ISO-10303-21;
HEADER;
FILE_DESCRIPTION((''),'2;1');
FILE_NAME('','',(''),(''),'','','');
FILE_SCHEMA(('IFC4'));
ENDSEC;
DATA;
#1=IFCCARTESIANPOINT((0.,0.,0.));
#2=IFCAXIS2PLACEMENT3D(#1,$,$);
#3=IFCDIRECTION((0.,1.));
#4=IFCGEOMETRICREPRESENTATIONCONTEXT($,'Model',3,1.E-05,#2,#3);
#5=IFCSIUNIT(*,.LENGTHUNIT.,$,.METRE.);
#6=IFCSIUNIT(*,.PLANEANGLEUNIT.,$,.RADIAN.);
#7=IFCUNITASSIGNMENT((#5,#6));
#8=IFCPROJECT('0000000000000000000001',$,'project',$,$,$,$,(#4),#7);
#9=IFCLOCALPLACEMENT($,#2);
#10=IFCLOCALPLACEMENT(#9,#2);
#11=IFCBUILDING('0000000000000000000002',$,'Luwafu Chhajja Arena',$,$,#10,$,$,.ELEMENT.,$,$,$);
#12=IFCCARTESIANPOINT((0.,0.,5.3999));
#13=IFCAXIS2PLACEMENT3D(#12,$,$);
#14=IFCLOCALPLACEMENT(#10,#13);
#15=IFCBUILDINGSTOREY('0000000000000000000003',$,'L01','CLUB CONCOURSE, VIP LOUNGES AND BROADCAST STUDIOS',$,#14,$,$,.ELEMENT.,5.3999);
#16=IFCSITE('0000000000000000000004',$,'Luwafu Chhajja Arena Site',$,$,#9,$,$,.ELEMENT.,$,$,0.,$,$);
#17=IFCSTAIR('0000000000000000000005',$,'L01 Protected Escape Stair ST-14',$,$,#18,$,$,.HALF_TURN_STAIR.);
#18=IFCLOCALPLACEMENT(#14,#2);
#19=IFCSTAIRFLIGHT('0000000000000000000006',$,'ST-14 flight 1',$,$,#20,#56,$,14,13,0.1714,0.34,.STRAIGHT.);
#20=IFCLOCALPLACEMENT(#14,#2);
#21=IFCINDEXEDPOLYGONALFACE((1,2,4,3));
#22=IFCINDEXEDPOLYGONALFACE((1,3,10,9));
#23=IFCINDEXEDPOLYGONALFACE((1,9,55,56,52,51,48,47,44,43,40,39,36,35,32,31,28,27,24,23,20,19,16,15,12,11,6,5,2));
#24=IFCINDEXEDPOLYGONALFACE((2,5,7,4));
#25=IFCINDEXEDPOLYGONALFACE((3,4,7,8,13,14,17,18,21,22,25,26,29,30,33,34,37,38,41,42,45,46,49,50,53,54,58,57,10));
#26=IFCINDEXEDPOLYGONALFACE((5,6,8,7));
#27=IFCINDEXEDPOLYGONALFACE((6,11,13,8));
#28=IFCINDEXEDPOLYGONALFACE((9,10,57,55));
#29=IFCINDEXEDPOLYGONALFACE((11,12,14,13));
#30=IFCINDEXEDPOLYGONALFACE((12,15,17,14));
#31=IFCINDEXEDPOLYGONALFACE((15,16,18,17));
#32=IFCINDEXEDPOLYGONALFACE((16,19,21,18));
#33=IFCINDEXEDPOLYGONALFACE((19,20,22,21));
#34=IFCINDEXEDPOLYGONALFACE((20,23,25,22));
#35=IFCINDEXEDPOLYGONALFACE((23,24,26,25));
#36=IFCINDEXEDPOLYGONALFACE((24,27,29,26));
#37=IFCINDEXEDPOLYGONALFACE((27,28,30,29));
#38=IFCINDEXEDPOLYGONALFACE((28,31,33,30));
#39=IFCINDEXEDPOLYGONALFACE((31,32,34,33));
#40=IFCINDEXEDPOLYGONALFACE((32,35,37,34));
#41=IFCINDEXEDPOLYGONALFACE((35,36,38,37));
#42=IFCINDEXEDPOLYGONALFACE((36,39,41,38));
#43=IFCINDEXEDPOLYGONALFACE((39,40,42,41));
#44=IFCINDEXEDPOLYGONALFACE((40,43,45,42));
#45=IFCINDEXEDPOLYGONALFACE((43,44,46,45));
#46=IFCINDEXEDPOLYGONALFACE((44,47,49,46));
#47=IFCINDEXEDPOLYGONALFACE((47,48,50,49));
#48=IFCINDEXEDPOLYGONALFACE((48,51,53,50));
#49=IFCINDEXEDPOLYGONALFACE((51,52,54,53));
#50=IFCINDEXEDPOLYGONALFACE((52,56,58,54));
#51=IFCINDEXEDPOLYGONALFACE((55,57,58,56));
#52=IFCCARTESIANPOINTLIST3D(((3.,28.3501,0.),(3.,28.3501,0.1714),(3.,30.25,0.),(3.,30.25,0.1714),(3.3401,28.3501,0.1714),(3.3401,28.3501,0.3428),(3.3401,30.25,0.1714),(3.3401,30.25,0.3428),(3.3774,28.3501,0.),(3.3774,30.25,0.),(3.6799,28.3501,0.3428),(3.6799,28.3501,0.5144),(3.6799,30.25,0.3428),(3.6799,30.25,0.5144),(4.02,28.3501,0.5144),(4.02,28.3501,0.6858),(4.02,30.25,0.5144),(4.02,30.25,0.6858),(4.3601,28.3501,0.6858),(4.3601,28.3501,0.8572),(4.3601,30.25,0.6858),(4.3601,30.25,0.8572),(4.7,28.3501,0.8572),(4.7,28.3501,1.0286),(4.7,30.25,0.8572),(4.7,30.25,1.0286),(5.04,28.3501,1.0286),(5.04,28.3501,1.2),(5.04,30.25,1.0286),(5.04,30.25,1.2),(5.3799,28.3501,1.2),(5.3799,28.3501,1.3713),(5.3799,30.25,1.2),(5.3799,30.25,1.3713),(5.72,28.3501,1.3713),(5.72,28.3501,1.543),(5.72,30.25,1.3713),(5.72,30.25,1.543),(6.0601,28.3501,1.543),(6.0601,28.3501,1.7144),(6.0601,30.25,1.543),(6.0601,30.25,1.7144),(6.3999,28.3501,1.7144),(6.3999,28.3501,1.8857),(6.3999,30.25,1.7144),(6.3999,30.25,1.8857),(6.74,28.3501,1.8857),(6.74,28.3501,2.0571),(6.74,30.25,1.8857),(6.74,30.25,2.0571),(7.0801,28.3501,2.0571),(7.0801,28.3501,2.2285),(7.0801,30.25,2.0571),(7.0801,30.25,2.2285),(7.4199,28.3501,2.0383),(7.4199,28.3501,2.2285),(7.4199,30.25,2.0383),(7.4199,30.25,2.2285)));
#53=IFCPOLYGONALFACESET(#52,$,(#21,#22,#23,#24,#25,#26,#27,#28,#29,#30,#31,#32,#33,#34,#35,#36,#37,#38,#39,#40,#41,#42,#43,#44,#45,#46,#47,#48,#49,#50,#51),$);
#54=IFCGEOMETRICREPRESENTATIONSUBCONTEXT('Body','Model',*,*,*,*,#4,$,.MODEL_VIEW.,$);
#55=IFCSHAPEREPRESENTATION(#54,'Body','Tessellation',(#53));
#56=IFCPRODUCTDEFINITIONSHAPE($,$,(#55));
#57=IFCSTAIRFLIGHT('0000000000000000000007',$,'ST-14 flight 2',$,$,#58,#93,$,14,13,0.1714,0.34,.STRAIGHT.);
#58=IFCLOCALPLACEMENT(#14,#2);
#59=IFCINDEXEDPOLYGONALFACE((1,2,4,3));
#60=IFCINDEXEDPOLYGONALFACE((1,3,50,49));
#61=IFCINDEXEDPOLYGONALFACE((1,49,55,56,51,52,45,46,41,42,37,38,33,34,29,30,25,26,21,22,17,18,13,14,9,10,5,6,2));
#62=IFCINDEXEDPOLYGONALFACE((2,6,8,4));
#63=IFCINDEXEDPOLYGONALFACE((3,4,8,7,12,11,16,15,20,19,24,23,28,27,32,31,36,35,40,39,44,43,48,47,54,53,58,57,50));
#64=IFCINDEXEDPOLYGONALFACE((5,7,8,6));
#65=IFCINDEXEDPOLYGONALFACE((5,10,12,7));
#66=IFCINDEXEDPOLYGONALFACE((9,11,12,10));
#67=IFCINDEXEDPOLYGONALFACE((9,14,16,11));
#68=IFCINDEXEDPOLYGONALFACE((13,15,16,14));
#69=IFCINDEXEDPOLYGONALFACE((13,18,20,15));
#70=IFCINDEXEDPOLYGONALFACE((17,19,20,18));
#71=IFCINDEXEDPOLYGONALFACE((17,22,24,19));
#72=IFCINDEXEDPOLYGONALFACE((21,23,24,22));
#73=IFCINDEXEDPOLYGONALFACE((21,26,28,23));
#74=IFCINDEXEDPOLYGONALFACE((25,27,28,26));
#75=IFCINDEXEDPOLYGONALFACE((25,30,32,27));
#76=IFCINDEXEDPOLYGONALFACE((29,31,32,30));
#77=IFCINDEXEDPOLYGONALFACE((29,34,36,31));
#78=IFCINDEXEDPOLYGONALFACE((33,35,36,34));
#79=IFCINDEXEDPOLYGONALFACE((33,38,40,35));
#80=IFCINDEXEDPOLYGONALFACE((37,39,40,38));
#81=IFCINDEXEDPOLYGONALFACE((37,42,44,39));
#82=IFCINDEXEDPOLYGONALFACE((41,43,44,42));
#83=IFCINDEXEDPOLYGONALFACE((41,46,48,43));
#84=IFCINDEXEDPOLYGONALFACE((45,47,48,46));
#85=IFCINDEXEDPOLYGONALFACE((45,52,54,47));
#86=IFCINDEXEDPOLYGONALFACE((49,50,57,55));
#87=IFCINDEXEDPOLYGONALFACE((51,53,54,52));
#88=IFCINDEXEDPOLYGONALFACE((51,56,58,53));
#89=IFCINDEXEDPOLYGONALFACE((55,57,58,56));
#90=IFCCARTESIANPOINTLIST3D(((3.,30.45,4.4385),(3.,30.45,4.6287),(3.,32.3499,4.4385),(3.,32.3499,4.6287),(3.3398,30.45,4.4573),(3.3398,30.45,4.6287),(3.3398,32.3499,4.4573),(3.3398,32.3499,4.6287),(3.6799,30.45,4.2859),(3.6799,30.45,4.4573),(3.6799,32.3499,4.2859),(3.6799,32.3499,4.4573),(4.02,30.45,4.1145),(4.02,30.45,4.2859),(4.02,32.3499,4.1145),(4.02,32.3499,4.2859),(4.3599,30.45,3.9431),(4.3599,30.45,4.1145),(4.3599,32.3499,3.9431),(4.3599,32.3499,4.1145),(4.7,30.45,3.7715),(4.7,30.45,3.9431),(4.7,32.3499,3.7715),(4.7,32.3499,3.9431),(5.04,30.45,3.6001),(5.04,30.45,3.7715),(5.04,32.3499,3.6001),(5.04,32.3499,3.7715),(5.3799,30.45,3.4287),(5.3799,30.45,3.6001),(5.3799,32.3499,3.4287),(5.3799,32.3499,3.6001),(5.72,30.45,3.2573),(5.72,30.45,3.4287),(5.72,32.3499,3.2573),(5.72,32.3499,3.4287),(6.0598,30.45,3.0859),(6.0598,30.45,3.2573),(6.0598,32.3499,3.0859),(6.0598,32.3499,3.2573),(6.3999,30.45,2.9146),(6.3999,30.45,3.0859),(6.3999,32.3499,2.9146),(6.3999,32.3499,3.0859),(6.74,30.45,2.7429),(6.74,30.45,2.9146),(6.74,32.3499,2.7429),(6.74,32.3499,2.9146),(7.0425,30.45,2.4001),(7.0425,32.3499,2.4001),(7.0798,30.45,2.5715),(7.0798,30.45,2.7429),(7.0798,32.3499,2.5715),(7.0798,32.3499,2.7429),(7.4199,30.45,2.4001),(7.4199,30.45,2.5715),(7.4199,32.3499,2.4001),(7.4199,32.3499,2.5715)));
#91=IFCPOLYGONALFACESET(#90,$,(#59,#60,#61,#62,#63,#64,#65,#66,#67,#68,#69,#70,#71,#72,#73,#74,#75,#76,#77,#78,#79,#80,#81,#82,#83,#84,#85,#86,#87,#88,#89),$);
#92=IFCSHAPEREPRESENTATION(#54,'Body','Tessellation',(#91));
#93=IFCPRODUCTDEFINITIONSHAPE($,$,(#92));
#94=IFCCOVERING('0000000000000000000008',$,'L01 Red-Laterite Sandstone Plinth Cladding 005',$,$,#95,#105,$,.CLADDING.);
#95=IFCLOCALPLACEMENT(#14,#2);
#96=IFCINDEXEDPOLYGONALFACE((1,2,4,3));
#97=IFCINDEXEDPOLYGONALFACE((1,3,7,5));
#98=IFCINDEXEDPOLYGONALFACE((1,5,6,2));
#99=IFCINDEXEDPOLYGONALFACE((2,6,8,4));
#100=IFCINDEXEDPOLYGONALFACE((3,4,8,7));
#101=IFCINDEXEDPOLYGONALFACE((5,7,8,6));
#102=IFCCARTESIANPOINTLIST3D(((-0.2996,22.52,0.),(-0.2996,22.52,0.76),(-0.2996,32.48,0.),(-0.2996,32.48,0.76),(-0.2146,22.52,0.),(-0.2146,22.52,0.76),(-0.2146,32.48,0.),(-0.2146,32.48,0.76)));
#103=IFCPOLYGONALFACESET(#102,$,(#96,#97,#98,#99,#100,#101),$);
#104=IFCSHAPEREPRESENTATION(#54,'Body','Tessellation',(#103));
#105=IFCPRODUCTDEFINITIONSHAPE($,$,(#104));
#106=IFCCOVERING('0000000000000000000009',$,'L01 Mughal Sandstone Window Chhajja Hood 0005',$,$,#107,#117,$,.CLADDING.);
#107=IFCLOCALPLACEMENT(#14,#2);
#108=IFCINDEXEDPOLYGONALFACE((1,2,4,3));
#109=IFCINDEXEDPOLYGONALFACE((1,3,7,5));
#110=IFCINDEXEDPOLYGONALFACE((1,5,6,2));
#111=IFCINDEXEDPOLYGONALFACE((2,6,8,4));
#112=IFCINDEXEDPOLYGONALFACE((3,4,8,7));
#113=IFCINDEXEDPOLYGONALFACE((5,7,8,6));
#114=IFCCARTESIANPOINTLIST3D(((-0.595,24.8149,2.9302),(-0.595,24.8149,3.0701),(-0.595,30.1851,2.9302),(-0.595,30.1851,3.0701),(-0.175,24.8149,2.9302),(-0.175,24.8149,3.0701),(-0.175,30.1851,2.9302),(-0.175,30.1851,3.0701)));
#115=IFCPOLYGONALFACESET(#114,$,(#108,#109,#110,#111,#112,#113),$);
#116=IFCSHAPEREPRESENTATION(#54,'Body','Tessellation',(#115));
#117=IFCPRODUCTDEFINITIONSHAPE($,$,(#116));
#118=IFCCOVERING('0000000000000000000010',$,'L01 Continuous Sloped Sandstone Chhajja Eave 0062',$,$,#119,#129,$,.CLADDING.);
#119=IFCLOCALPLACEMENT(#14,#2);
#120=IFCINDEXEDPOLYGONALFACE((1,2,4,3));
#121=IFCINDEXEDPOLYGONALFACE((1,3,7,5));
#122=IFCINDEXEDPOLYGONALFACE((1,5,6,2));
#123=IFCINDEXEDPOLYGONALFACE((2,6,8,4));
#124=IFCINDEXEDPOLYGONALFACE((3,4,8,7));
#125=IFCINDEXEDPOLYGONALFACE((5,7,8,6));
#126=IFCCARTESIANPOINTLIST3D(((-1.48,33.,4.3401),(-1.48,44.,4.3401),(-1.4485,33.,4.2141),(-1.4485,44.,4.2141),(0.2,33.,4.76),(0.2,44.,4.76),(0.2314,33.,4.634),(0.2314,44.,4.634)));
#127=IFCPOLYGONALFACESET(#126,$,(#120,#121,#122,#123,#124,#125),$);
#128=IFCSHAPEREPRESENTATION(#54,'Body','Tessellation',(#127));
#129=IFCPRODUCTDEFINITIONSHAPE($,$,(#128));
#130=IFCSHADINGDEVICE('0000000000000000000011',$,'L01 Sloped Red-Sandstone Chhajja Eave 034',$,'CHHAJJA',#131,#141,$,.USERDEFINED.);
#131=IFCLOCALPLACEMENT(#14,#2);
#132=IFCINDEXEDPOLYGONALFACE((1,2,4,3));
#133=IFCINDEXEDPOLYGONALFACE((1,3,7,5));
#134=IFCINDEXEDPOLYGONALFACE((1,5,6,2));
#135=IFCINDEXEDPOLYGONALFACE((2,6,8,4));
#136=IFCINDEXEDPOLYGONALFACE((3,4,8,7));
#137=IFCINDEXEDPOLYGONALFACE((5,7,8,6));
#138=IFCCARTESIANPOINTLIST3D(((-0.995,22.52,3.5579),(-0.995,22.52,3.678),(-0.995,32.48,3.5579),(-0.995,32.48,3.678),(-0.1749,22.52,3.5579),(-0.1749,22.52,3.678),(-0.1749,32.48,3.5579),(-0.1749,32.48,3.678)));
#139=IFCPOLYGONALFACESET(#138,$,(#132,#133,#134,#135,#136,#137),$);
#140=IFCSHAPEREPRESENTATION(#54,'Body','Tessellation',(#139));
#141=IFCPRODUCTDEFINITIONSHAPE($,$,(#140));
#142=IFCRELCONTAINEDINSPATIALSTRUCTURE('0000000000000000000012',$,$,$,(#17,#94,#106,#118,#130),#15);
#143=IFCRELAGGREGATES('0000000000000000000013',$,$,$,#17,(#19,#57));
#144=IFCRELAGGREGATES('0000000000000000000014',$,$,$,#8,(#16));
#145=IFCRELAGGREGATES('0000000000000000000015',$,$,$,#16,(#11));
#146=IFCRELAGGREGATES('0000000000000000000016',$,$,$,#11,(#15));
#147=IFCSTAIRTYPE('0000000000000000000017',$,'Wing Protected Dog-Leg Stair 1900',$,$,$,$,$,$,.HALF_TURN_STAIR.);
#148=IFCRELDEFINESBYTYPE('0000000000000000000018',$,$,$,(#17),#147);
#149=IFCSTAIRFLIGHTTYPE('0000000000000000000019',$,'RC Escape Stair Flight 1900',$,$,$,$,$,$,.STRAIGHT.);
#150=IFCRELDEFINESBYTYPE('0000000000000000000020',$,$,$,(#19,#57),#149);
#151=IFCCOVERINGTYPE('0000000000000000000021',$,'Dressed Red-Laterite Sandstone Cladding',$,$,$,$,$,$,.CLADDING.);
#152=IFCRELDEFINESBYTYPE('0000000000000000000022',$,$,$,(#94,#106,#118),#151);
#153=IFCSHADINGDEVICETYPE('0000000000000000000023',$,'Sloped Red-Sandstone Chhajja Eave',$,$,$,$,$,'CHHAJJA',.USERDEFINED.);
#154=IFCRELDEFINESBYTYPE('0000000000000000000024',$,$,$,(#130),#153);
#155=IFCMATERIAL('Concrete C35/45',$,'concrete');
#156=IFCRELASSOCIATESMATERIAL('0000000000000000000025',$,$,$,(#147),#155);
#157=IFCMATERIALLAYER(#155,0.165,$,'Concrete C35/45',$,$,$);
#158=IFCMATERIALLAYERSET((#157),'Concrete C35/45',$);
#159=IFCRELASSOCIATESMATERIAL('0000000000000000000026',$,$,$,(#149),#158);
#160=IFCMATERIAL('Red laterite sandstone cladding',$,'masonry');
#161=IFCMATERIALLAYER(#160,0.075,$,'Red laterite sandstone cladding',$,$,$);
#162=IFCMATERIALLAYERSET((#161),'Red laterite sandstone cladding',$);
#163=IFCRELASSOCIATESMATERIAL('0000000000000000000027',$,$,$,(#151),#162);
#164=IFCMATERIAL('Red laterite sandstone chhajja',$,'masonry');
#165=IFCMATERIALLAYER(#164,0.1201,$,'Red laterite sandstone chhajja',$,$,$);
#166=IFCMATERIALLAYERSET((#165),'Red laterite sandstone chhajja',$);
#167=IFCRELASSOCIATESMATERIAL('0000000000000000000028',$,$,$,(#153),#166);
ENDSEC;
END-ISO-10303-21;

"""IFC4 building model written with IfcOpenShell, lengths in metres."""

from ifc_helpers import new_model, si_unit, direction, frame, origin, origin_2d, place, context, subcontext, project, spatial, polyline, rectangle, outline, extrude, material, layer, layer_set, type_object, element, aggregate, save


model = new_model("IFC4")

# Units and contexts
model_context = context("Model", 3, precision=1e-05, world=origin(), true_north=direction((0.0, 1.0)))
body_context = subcontext(model_context, "Body", "Model", "MODEL_VIEW")
ifc_project = project(units=[si_unit("LENGTHUNIT", "METRE"), si_unit("PLANEANGLEUNIT", "RADIAN")], contexts=[model_context])

# Site, building, storey
site_placement = place(None, origin())
site = spatial("IfcSite", under=ifc_project, at=site_placement, Name="Luwafu Chhajja Arena Site", CompositionType="ELEMENT", RefElevation=0.0)
building_placement = place(site_placement, origin())
building = spatial("IfcBuilding", under=site, at=building_placement, Name="Luwafu Chhajja Arena", CompositionType="ELEMENT")
storey_placement = place(building_placement, frame((0.0, 0.0, 5.3999)))
storey = spatial("IfcBuildingStorey", under=building, at=storey_placement, Name="L01", Description="CLUB CONCOURSE, VIP LOUNGES AND BROADCAST STUDIOS", CompositionType="ELEMENT", Elevation=5.3999)

# Shared definitions
ifc_material_1 = material(Name="Concrete C35/45", Category="concrete")

# Stair, stair flights
stair_type = type_object("IfcStairType", Name="Wing Protected Dog-Leg Stair 1900", PredefinedType="HALF_TURN_STAIR", material=ifc_material_1)
stair_placement = place(storey_placement, origin())
stair = element("IfcStair", 1, at=stair_placement, inside=storey, type_object=stair_type, Name="L01 Protected Escape Stair ST-14", PredefinedType="HALF_TURN_STAIR")
ifc_layer_1 = layer(ifc_material_1, 0.165, Name="Concrete C35/45")
ifc_layer_set_1 = layer_set([ifc_layer_1], Name="Concrete C35/45")
stair_flight_type = type_object("IfcStairFlightType", Name="RC Escape Stair Flight 1900", PredefinedType="STRAIGHT", material=ifc_layer_set_1)
stair_flight_1_placement = place(storey_placement, frame((3.0, 29.3, 0.0), z_axis=(0.0, 0.0, 1.0), x_axis=(1.0, 0.0, 0.0)))
stair_flight_1 = element("IfcStairFlight", 2, at=stair_flight_1_placement, type_object=stair_flight_type, Name="ST-14 flight 1", NumberOfRisers=14, NumberOfTreads=13, PredefinedType="STRAIGHT", RiserHeight=0.1714, TreadLength=0.34, context=body_context, shape_type="SweptSolid", body=[
    extrude(outline(polyline([(0.0, 0.0), (0.0, 0.1714), (0.3401, 0.1714), (0.3401, 0.3428), (0.6799, 0.3428), (0.6799, 0.5144), (1.02, 0.5144), (1.02, 0.6858), (1.3601, 0.6858), (1.3601, 0.8572), (1.7, 0.8572), (1.7, 1.0286), (2.04, 1.0286), (2.04, 1.2), (2.3799, 1.2), (2.3799, 1.3713), (2.72, 1.3713), (2.72, 1.543), (3.0601, 1.543), (3.0601, 1.7144), (3.3999, 1.7144), (3.3999, 1.8857), (3.74, 1.8857), (3.74, 2.0571), (4.0801, 2.0571), (4.0801, 2.2285), (4.4199, 2.2285), (4.4199, 2.3999), (4.4199, 2.0383), (0.3774, 0.0), (0.0, 0.0)])), frame((0.0, 0.95, 0.0), z_axis=(0.0, -1.0, 0.0), x_axis=(1.0, 0.0, 0.0)), (0.0, 0.0, 1.0), 1.8999),
])
stair_flight_2_placement = place(storey_placement, frame((7.4199, 31.3999, 2.4001), z_axis=(0.0, 0.0, 1.0), x_axis=(-1.0, 0.0, 0.0)))
stair_flight_2 = element("IfcStairFlight", 3, at=stair_flight_2_placement, type_object=stair_flight_type, Name="ST-14 flight 2", NumberOfRisers=14, NumberOfTreads=13, PredefinedType="STRAIGHT", RiserHeight=0.1714, TreadLength=0.34, context=body_context, shape_type="SweptSolid", body=[
    extrude(outline(polyline([(0.0, 0.0), (0.0, 0.1714), (0.3401, 0.1714), (0.3401, 0.3428), (0.6799, 0.3428), (0.6799, 0.5144), (1.02, 0.5144), (1.02, 0.6858), (1.3601, 0.6858), (1.3601, 0.8572), (1.7, 0.8572), (1.7, 1.0286), (2.04, 1.0286), (2.04, 1.2), (2.3799, 1.2), (2.3799, 1.3713), (2.72, 1.3713), (2.72, 1.543), (3.0601, 1.543), (3.0601, 1.7144), (3.3999, 1.7144), (3.3999, 1.8857), (3.74, 1.8857), (3.74, 2.0571), (4.0801, 2.0571), (4.0801, 2.2285), (4.4199, 2.2285), (4.4199, 2.3999), (4.4199, 2.0383), (0.3774, 0.0), (0.0, 0.0)])), frame((0.0, 0.95, 0.0), z_axis=(0.0, -1.0, 0.0), x_axis=(1.0, 0.0, 0.0)), (0.0, 0.0, 1.0), 1.8999),
])
aggregate(stair, [stair_flight_1, stair_flight_2])

# Coverings
ifc_material_2 = material(Name="Red laterite sandstone cladding", Category="masonry")
ifc_layer_2 = layer(ifc_material_2, 0.075, Name="Red laterite sandstone cladding")
ifc_layer_set_2 = layer_set([ifc_layer_2], Name="Red laterite sandstone cladding")
covering_type = type_object("IfcCoveringType", Name="Dressed Red-Laterite Sandstone Cladding", PredefinedType="CLADDING", material=ifc_layer_set_2)
covering_1_placement = place(storey_placement, frame((-0.2571, 27.5, 0.0), z_axis=(0.0, 0.0, 1.0), x_axis=(0.0, 1.0, 0.0)))
element("IfcCovering", 4, at=covering_1_placement, inside=storey, type_object=covering_type, Name="L01 Red-Laterite Sandstone Plinth Cladding 005", PredefinedType="CLADDING", context=body_context, shape_type="SweptSolid", body=[
    extrude(rectangle(XDim=9.96, YDim=0.085, at=origin_2d()), origin(), (0.0, 0.0, 1.0), 0.76),
])
covering_2_placement = place(storey_placement, frame((-0.385, 27.5, 2.9302), z_axis=(0.0, 0.0, 1.0), x_axis=(0.0, 1.0, 0.0)))
element("IfcCovering", 5, at=covering_2_placement, inside=storey, type_object=covering_type, Name="L01 Mughal Sandstone Window Chhajja Hood 0005", PredefinedType="CLADDING", context=body_context, shape_type="SweptSolid", body=[
    extrude(rectangle(XDim=5.3701, YDim=0.4199, at=origin_2d()), origin(), (0.0, 0.0, 1.0), 0.1399),
])
covering_3_placement = place(storey_placement, frame((0.2, 33.0, 4.76), z_axis=(-0.242502, 0.0, 0.970151), x_axis=(0.0, 1.0, 0.0)))
element("IfcCovering", 6, at=covering_3_placement, inside=storey, type_object=covering_type, Name="L01 Continuous Sloped Sandstone Chhajja Eave 0062", PredefinedType="CLADDING", context=body_context, shape_type="SweptSolid", body=[
    extrude(outline(polyline([(0.0, 0.0), (11.0, 0.0), (11.0, 1.7316), (0.0, 1.7316), (0.0, 0.0)])), origin(), (0.0, 0.0, -1.0), 0.1299),
])

# Shading device
ifc_material_3 = material(Name="Red laterite sandstone chhajja", Category="masonry")
ifc_layer_3 = layer(ifc_material_3, 0.1201, Name="Red laterite sandstone chhajja")
ifc_layer_set_3 = layer_set([ifc_layer_3], Name="Red laterite sandstone chhajja")
shading_device_type = type_object("IfcShadingDeviceType", Name="Sloped Red-Sandstone Chhajja Eave", ElementType="CHHAJJA", PredefinedType="USERDEFINED", material=ifc_layer_set_3)
shading_device_placement = place(storey_placement, frame((-0.585, 27.5, 3.5579), z_axis=(0.0, 0.0, 1.0), x_axis=(0.0, 1.0, 0.0)))
element("IfcShadingDevice", 7, at=shading_device_placement, inside=storey, type_object=shading_device_type, Name="L01 Sloped Red-Sandstone Chhajja Eave 034", ObjectType="CHHAJJA", PredefinedType="USERDEFINED", context=body_context, shape_type="SweptSolid", body=[
    extrude(rectangle(XDim=9.96, YDim=0.8201, at=origin_2d()), origin(), (0.0, 0.0, 1.0), 0.1201),
])

save(model, "model.ifc")
